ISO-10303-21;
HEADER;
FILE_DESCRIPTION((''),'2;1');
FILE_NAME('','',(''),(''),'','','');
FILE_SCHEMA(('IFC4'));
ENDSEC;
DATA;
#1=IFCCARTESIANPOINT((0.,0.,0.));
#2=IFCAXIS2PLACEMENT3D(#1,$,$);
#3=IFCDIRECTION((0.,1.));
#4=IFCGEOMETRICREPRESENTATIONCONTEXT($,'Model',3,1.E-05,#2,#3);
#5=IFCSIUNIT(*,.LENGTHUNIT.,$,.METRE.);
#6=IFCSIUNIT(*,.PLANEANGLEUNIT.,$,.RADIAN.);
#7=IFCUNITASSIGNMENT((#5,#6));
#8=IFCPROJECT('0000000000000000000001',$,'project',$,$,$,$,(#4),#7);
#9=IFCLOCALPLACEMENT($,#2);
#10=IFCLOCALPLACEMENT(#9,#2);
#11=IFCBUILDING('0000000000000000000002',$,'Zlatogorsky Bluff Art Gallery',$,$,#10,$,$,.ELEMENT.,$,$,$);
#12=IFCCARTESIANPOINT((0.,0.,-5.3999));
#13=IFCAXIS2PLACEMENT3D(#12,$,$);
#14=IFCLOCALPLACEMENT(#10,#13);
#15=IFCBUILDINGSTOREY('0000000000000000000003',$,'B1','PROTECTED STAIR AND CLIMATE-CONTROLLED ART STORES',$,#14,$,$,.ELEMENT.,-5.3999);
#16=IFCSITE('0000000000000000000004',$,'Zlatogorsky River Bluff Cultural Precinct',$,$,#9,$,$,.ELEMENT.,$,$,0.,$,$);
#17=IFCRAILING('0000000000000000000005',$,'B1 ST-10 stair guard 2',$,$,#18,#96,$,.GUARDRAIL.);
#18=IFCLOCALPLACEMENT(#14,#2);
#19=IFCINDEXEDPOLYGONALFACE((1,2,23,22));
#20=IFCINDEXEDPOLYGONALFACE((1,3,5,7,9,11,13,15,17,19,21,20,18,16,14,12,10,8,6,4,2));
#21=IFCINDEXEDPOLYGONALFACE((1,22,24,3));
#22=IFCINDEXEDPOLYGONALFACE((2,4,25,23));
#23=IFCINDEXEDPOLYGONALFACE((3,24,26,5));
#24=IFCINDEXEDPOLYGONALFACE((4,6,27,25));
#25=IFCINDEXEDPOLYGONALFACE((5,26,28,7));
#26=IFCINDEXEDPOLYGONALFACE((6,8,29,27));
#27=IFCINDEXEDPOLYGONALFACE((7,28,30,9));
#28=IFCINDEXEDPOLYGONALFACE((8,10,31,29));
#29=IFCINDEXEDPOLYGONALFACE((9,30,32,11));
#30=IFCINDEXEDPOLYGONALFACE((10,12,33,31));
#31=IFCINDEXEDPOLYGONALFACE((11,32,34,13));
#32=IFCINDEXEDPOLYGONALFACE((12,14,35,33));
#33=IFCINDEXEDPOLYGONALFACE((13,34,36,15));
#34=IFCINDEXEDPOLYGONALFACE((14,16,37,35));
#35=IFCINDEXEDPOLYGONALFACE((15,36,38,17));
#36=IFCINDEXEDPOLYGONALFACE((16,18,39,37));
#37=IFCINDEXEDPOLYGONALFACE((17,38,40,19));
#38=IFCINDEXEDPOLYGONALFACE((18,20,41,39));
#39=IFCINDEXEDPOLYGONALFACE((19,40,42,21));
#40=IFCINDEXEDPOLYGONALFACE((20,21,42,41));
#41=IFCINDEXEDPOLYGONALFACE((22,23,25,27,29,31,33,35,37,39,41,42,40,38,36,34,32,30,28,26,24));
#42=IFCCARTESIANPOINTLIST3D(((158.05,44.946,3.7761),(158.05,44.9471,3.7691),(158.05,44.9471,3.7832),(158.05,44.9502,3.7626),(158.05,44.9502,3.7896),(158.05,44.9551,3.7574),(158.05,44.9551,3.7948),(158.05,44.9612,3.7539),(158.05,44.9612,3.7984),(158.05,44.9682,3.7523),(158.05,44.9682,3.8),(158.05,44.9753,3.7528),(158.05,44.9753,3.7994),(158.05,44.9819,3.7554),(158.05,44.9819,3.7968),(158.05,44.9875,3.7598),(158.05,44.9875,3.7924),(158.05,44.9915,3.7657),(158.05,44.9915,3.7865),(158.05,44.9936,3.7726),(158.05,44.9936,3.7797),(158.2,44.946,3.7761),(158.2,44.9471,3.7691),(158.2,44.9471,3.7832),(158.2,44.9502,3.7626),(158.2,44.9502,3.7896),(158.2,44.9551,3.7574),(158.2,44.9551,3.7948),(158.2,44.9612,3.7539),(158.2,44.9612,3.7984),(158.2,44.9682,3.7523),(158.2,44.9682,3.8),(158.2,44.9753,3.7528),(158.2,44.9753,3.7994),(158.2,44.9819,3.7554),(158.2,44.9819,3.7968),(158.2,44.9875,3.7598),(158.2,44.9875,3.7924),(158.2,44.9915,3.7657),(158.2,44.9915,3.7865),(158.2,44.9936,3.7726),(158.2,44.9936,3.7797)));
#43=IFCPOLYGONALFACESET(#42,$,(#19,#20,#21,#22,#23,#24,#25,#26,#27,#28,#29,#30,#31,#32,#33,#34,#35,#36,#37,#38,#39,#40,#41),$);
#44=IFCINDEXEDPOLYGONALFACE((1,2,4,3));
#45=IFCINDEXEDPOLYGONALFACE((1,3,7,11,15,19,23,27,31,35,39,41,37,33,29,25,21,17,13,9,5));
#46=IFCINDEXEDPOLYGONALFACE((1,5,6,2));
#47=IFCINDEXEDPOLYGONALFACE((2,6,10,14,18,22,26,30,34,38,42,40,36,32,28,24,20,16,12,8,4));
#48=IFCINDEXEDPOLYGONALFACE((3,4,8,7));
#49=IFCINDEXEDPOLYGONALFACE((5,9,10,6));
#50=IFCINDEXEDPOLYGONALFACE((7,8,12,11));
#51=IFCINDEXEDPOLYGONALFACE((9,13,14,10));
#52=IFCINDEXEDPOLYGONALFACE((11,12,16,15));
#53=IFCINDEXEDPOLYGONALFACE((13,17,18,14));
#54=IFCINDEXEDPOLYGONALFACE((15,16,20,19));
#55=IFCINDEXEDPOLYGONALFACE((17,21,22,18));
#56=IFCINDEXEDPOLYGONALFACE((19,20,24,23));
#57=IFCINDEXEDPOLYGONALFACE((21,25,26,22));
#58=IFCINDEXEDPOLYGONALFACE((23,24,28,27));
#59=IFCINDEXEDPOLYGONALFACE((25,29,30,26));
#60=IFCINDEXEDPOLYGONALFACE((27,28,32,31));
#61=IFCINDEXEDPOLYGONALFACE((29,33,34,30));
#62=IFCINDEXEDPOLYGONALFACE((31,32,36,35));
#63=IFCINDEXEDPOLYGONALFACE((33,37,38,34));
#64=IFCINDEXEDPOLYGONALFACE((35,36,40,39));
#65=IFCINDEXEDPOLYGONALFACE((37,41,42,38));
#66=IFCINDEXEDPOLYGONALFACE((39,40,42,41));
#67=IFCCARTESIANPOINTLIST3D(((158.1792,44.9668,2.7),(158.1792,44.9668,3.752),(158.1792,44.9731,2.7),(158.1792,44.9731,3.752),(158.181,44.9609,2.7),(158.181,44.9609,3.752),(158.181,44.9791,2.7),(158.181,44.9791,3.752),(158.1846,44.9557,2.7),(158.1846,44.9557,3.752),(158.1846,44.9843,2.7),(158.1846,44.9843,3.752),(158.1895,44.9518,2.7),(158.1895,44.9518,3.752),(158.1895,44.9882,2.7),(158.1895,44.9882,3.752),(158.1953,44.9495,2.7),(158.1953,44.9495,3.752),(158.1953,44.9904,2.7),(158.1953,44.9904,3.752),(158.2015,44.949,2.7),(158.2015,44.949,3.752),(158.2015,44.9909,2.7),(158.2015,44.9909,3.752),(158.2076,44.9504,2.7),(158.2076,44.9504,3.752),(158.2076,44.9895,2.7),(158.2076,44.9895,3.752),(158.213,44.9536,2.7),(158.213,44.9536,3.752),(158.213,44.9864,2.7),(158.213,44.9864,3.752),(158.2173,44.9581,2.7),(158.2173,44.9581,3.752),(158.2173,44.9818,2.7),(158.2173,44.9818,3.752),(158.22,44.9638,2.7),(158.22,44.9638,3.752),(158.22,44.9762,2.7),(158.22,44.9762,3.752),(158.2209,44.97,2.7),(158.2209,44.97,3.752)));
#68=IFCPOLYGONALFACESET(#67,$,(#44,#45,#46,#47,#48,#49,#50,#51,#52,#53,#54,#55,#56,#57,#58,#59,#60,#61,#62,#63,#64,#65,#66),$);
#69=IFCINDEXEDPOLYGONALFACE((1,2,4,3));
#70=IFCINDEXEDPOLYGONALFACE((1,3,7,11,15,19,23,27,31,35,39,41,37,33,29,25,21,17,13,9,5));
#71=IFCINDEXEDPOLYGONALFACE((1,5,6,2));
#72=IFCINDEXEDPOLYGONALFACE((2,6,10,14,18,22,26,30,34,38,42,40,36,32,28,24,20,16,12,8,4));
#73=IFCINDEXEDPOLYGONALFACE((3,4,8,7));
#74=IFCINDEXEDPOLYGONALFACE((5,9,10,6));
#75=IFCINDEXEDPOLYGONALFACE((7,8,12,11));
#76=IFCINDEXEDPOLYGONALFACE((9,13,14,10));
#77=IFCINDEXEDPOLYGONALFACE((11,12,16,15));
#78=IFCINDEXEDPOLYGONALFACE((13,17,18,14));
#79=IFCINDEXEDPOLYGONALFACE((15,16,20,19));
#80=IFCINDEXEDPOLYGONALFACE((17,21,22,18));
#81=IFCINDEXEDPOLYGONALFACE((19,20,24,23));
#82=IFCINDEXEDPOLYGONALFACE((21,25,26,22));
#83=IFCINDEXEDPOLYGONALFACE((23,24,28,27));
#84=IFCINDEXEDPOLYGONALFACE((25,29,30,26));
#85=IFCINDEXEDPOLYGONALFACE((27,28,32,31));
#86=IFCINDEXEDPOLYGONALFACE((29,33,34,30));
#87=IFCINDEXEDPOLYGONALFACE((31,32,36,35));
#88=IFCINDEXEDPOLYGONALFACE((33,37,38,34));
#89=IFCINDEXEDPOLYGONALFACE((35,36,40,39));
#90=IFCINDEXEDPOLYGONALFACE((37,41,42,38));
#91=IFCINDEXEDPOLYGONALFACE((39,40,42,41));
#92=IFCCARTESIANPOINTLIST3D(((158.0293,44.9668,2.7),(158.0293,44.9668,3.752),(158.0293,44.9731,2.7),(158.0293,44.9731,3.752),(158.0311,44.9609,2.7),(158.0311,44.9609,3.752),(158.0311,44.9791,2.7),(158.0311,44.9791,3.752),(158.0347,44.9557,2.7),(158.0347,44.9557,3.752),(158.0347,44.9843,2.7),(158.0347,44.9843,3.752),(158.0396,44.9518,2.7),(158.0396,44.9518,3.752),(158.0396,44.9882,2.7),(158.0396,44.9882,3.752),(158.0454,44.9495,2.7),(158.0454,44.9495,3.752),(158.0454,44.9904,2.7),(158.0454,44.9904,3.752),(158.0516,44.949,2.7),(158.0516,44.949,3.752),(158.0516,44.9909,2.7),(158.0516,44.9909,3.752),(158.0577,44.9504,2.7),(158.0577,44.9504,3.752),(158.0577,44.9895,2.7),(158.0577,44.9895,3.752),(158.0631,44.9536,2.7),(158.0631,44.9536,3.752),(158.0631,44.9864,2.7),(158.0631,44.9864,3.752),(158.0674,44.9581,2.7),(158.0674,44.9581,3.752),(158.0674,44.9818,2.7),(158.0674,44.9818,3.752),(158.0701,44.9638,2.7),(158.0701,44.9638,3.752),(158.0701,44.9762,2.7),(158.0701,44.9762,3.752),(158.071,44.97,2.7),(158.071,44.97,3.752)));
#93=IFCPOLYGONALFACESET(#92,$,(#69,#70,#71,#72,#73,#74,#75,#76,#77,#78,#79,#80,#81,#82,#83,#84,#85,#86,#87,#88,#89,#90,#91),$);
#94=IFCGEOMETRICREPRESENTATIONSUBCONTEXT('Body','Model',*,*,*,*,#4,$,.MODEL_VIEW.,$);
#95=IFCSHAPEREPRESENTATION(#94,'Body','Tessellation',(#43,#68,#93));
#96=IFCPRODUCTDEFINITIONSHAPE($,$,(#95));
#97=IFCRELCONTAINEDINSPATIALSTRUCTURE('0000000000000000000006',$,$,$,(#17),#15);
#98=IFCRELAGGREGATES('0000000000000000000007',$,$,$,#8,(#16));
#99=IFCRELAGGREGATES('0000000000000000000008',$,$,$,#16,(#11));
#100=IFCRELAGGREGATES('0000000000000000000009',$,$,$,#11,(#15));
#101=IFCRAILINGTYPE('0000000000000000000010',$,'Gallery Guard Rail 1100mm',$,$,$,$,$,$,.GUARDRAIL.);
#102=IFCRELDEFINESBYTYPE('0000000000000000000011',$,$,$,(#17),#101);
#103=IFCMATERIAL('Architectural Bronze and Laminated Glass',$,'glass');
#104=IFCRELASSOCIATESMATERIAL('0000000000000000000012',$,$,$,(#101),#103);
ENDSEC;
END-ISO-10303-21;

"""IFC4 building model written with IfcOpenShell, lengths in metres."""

from ifc_helpers import new_model, si_unit, direction, frame, origin, origin_2d, place, context, subcontext, project, spatial, circle, extrude, material, type_object, element, save


model = new_model("IFC4")

# Units and contexts
model_context = context("Model", 3, precision=1e-05, world=origin(), true_north=direction((0.0, 1.0)))
body_context = subcontext(model_context, "Body", "Model", "MODEL_VIEW")
ifc_project = project(units=[si_unit("LENGTHUNIT", "METRE"), si_unit("PLANEANGLEUNIT", "RADIAN")], contexts=[model_context])

# Site, building, storey
site_placement = place(None, origin())
site = spatial("IfcSite", under=ifc_project, at=site_placement, Name="Zlatogorsky River Bluff Cultural Precinct", CompositionType="ELEMENT", RefElevation=0.0)
building_placement = place(site_placement, origin())
building = spatial("IfcBuilding", under=site, at=building_placement, Name="Zlatogorsky Bluff Art Gallery", CompositionType="ELEMENT")
storey_placement = place(building_placement, frame((0.0, 0.0, -5.3999)))
storey = spatial("IfcBuildingStorey", under=building, at=storey_placement, Name="B1", Description="PROTECTED STAIR AND CLIMATE-CONTROLLED ART STORES", CompositionType="ELEMENT", Elevation=-5.3999)

# Railing
ifc_material_1 = material(Name="Architectural Bronze and Laminated Glass", Category="glass")
railing_type_1 = type_object("IfcRailingType", Name="Gallery Guard Rail 1100mm", PredefinedType="GUARDRAIL", material=ifc_material_1)
railing_1_placement = place(storey_placement, frame((158.2, 44.97, 2.7)))
element("IfcRailing", 1, at=railing_1_placement, inside=storey, type_object=railing_type_1, Name="B1 ST-10 stair guard 2", PredefinedType="GUARDRAIL", context=body_context, shape_type="SweptSolid", body=[
    extrude(circle(Radius=0.0239, at=origin_2d()), frame((0.0, 0.0, 1.0762), z_axis=(-1.0, 0.0, 0.0), x_axis=(0.0, -1.0, 0.0)), (0.0, 0.0, 1.0), 0.1499),
    extrude(circle(Radius=0.021, at=origin_2d()), origin(), (0.0, 0.0, 1.0), 1.052),
    extrude(circle(Radius=0.021, at=origin_2d()), frame((-0.1499, 0.0, 0.0)), (0.0, 0.0, 1.0), 1.052),
])

save(model, "model.ifc")
